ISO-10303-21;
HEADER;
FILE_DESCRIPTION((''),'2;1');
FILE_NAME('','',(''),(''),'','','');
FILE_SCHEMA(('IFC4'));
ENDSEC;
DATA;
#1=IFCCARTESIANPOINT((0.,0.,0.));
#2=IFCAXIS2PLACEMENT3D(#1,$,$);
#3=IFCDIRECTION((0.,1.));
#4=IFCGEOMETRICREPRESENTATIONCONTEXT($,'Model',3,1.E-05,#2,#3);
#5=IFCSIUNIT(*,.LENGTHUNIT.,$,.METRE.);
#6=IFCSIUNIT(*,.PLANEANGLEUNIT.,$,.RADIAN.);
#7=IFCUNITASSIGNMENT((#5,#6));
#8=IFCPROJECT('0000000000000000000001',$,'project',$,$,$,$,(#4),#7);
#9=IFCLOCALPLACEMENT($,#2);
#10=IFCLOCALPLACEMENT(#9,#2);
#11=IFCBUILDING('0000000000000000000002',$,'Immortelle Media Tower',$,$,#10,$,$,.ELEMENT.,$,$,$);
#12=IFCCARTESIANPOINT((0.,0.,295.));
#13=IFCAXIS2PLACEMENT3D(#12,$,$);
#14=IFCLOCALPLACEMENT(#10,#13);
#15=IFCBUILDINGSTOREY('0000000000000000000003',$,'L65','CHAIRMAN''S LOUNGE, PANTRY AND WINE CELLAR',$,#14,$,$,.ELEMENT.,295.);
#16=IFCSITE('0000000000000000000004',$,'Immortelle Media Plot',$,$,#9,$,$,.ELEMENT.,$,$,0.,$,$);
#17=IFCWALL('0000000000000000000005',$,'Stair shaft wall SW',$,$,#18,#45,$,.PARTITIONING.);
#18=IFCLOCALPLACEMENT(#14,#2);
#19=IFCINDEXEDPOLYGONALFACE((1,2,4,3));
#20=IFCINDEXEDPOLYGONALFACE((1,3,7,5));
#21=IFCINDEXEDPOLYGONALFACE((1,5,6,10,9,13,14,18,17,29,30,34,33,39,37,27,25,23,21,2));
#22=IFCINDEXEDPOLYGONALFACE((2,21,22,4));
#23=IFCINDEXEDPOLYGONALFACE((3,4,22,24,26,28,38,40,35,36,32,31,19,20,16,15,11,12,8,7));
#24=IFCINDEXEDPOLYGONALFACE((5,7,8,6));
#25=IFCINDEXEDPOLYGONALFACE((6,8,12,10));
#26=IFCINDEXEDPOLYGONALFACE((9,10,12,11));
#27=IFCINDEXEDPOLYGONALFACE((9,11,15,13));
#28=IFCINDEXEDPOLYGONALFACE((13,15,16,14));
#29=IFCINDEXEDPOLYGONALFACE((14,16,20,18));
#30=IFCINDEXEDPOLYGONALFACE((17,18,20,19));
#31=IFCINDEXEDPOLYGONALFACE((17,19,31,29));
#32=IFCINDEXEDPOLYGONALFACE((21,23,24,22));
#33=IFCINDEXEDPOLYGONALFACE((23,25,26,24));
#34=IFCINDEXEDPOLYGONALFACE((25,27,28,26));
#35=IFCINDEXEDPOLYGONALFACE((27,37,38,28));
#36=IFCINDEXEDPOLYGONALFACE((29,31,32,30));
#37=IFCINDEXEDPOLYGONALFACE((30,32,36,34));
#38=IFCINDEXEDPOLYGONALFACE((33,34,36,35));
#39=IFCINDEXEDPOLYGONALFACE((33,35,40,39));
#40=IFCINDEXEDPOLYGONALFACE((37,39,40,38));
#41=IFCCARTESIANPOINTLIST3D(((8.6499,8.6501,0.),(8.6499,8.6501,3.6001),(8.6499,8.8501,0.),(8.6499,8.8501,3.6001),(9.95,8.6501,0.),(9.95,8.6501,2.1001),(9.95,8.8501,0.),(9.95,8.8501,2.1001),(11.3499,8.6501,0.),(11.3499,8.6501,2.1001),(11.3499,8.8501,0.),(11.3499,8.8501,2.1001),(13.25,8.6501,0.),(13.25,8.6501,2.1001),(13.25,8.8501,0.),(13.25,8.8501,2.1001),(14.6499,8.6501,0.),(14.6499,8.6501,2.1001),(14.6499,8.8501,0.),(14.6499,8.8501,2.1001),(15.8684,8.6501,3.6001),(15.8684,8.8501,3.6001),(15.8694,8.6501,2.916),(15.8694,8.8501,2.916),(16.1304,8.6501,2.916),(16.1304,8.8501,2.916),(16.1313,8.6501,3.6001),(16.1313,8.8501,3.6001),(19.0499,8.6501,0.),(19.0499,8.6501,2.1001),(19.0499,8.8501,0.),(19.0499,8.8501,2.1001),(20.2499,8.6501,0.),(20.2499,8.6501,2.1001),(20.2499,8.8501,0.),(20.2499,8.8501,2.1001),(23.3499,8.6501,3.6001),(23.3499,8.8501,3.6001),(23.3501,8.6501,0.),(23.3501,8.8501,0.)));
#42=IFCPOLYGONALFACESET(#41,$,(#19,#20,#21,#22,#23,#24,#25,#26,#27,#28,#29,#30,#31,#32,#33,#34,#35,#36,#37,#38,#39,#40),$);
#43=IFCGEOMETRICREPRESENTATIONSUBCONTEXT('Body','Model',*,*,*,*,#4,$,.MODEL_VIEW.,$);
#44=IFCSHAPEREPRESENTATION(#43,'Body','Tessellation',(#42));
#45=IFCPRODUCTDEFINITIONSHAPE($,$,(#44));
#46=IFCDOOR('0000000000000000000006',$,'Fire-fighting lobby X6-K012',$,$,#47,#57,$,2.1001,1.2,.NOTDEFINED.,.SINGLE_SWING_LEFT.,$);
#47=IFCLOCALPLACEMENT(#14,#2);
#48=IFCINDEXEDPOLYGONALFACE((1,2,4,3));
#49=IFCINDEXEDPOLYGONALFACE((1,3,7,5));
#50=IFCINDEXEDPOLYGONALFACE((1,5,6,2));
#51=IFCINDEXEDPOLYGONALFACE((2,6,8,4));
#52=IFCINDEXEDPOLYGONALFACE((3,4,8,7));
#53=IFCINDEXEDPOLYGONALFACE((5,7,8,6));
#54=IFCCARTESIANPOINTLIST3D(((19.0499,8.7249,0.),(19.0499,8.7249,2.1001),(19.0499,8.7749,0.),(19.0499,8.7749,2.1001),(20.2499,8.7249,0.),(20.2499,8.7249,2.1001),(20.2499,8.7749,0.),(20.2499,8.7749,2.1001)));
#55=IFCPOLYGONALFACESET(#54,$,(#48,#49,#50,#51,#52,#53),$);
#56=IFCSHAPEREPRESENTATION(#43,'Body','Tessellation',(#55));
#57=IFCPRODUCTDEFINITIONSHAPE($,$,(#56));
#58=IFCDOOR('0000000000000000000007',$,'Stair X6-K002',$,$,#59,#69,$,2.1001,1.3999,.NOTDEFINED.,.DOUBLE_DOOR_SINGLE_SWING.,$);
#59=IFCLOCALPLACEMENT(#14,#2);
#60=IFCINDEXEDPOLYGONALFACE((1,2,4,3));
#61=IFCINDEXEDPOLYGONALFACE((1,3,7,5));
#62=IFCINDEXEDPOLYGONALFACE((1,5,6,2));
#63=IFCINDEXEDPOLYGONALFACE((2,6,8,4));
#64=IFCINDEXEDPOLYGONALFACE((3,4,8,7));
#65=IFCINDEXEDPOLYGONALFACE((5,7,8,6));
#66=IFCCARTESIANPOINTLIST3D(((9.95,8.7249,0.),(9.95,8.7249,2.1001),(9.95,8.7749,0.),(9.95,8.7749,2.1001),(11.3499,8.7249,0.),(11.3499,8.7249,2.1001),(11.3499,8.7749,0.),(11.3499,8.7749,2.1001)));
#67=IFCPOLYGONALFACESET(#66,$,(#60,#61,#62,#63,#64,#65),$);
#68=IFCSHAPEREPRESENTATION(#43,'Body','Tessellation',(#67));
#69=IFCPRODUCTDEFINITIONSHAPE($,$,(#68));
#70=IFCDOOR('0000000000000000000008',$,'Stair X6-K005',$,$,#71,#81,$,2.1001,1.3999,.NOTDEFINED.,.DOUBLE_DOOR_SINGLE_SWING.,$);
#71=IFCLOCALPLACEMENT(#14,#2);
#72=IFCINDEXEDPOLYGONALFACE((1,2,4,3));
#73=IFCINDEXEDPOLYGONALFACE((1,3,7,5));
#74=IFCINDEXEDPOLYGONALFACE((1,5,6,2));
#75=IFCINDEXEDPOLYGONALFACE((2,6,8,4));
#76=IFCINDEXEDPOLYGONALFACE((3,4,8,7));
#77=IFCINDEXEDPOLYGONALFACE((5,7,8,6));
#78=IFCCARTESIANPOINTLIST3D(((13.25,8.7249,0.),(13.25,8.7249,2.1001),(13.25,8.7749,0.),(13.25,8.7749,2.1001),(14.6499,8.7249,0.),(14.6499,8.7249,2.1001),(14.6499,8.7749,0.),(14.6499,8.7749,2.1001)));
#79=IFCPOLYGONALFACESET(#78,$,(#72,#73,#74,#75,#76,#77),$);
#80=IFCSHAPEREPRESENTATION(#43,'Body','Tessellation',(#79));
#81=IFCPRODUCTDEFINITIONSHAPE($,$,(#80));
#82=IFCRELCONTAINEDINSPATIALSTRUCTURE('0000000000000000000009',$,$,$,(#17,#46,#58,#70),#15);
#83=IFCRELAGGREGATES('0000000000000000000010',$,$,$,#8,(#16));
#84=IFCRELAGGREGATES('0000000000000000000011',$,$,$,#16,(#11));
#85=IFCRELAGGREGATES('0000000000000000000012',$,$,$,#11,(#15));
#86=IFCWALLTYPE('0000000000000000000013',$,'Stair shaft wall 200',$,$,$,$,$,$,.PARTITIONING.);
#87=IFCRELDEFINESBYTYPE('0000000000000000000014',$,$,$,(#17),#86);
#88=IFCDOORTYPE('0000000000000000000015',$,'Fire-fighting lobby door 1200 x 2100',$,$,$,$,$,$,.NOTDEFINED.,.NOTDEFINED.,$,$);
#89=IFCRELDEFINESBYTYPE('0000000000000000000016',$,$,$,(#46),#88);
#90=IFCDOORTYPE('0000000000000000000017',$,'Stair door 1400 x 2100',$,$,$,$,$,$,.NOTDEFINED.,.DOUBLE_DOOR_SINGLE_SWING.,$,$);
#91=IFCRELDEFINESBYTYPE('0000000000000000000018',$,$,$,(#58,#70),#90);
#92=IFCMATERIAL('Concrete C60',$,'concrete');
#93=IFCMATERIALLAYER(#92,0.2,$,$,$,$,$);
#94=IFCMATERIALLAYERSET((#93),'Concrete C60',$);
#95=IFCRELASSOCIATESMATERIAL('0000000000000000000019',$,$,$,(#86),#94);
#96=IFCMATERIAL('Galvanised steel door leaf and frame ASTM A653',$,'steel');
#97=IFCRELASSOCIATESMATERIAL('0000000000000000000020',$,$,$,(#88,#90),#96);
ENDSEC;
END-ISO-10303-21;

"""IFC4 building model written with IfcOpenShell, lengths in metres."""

from ifc_helpers import new_model, si_unit, direction, frame, frame_2d, origin, place, context, subcontext, project, spatial, polyline, rectangle, outline, extrude, material, layer, layer_set, type_object, element, fill, save


model = new_model("IFC4")

# Units and contexts
model_context = context("Model", 3, precision=1e-05, world=origin(), true_north=direction((0.0, 1.0)))
body_context = subcontext(model_context, "Body", "Model", "MODEL_VIEW")
ifc_project = project(units=[si_unit("LENGTHUNIT", "METRE"), si_unit("PLANEANGLEUNIT", "RADIAN")], contexts=[model_context])

# Site, building, storey
site_placement = place(None, origin())
site = spatial("IfcSite", under=ifc_project, at=site_placement, Name="Immortelle Media Plot", CompositionType="ELEMENT", RefElevation=0.0)
building_placement = place(site_placement, origin())
building = spatial("IfcBuilding", under=site, at=building_placement, Name="Immortelle Media Tower", CompositionType="ELEMENT")
storey_placement = place(building_placement, frame((0.0, 0.0, 295.0)))
storey = spatial("IfcBuildingStorey", under=building, at=storey_placement, Name="L65", Description="CHAIRMAN'S LOUNGE, PANTRY AND WINE CELLAR", CompositionType="ELEMENT", Elevation=295.0)

# Wall, openings, doors
ifc_material_1 = material(Name="Concrete C60", Category="concrete")
ifc_layer_1 = layer(ifc_material_1, 0.2)
ifc_layer_set_1 = layer_set([ifc_layer_1], Name="Concrete C60")
wall_type_1 = type_object("IfcWallType", Name="Stair shaft wall 200", PredefinedType="PARTITIONING", material=ifc_layer_set_1)
wall_1_placement = place(storey_placement, frame((8.6499, 8.75, 0.0), z_axis=(0.0, 0.0, 1.0), x_axis=(1.0, 0.0, 0.0)))
wall_1 = element("IfcWall", 1, at=wall_1_placement, inside=storey, type_object=wall_type_1, Name="Stair shaft wall SW", PredefinedType="PARTITIONING", context=body_context, shape_type="SweptSolid", body=[
    extrude(outline(polyline([(0.0, 0.0), (14.7002, 0.0), (14.7, 3.6001), (7.4814, 3.6001), (7.4805, 2.916), (7.2195, 2.916), (7.2185, 3.6001), (0.0, 3.6001), (0.0, 0.0)])), frame((0.0, 0.1001, 0.0), z_axis=(0.0, -1.0, 0.0), x_axis=(1.0, 0.0, 0.0)), (0.0, 0.0, 1.0), 0.2),
])
opening_1_placement = place(wall_1_placement, frame((1.3, 0.0, 0.0)))
opening_1 = element("IfcOpeningElement", 2, at=opening_1_placement, cuts=wall_1, PredefinedType="OPENING", context=body_context, shape_type="SweptSolid", body=[
    extrude(rectangle(XDim=1.3999, YDim=2.1001, at=frame_2d((0.7, 1.05))), frame((0.0, 0.1099, 0.0), z_axis=(0.0, -1.0, 0.0), x_axis=(1.0, 0.0, 0.0)), (0.0, 0.0, 1.0), 0.22),
])
opening_2_placement = place(wall_1_placement, frame((4.6001, 0.0, 0.0)))
opening_2 = element("IfcOpeningElement", 3, at=opening_2_placement, cuts=wall_1, PredefinedType="OPENING", context=body_context, shape_type="SweptSolid", body=[
    extrude(rectangle(XDim=1.3999, YDim=2.1001, at=frame_2d((0.7, 1.05))), frame((0.0, 0.1099, 0.0), z_axis=(0.0, -1.0, 0.0), x_axis=(1.0, 0.0, 0.0)), (0.0, 0.0, 1.0), 0.22),
])
opening_3_placement = place(wall_1_placement, frame((10.3999, 0.0, 0.0)))
opening_3 = element("IfcOpeningElement", 4, at=opening_3_placement, cuts=wall_1, PredefinedType="OPENING", context=body_context, shape_type="SweptSolid", body=[
    extrude(rectangle(XDim=1.2, YDim=2.1001, at=frame_2d((0.6001, 1.05))), frame((0.0, 0.1099, 0.0), z_axis=(0.0, -1.0, 0.0), x_axis=(1.0, 0.0, 0.0)), (0.0, 0.0, 1.0), 0.22),
])
ifc_material_2 = material(Name="Galvanised steel door leaf and frame ASTM A653", Category="steel")
door_type_1 = type_object("IfcDoorType", Name="Fire-fighting lobby door 1200 x 2100", OperationType="NOTDEFINED", PredefinedType="NOTDEFINED", material=ifc_material_2)
door_1_placement = place(opening_3_placement, origin())
door_1 = element("IfcDoor", 5, at=door_1_placement, inside=storey, type_object=door_type_1, Name="Fire-fighting lobby X6-K012", OperationType="SINGLE_SWING_LEFT", OverallHeight=2.1001, OverallWidth=1.2, PredefinedType="NOTDEFINED", context=body_context, shape_type="SweptSolid", body=[
    extrude(rectangle(XDim=1.2, YDim=2.1001, at=frame_2d((0.6001, 1.05))), frame((0.0, 0.0249, 0.0), z_axis=(0.0, -1.0, 0.0), x_axis=(1.0, 0.0, 0.0)), (0.0, 0.0, 1.0), 0.05),
])
fill(opening_3, door_1)
door_type_2 = type_object("IfcDoorType", Name="Stair door 1400 x 2100", OperationType="DOUBLE_DOOR_SINGLE_SWING", PredefinedType="NOTDEFINED", material=ifc_material_2)
door_2_placement = place(opening_1_placement, origin())
door_2 = element("IfcDoor", 6, at=door_2_placement, inside=storey, type_object=door_type_2, Name="Stair X6-K002", OperationType="DOUBLE_DOOR_SINGLE_SWING", OverallHeight=2.1001, OverallWidth=1.3999, PredefinedType="NOTDEFINED", context=body_context, shape_type="SweptSolid", body=[
    extrude(rectangle(XDim=1.3999, YDim=2.1001, at=frame_2d((0.7, 1.05))), frame((0.0, 0.0249, 0.0), z_axis=(0.0, -1.0, 0.0), x_axis=(1.0, 0.0, 0.0)), (0.0, 0.0, 1.0), 0.05),
])
fill(opening_1, door_2)
door_3_placement = place(opening_2_placement, origin())
door_3 = element("IfcDoor", 7, at=door_3_placement, inside=storey, type_object=door_type_2, Name="Stair X6-K005", OperationType="DOUBLE_DOOR_SINGLE_SWING", OverallHeight=2.1001, OverallWidth=1.3999, PredefinedType="NOTDEFINED", context=body_context, shape_type="SweptSolid", body=[
    extrude(rectangle(XDim=1.3999, YDim=2.1001, at=frame_2d((0.7, 1.05))), frame((0.0, 0.0249, 0.0), z_axis=(0.0, -1.0, 0.0), x_axis=(1.0, 0.0, 0.0)), (0.0, 0.0, 1.0), 0.05),
])
fill(opening_2, door_3)

save(model, "model.ifc")
